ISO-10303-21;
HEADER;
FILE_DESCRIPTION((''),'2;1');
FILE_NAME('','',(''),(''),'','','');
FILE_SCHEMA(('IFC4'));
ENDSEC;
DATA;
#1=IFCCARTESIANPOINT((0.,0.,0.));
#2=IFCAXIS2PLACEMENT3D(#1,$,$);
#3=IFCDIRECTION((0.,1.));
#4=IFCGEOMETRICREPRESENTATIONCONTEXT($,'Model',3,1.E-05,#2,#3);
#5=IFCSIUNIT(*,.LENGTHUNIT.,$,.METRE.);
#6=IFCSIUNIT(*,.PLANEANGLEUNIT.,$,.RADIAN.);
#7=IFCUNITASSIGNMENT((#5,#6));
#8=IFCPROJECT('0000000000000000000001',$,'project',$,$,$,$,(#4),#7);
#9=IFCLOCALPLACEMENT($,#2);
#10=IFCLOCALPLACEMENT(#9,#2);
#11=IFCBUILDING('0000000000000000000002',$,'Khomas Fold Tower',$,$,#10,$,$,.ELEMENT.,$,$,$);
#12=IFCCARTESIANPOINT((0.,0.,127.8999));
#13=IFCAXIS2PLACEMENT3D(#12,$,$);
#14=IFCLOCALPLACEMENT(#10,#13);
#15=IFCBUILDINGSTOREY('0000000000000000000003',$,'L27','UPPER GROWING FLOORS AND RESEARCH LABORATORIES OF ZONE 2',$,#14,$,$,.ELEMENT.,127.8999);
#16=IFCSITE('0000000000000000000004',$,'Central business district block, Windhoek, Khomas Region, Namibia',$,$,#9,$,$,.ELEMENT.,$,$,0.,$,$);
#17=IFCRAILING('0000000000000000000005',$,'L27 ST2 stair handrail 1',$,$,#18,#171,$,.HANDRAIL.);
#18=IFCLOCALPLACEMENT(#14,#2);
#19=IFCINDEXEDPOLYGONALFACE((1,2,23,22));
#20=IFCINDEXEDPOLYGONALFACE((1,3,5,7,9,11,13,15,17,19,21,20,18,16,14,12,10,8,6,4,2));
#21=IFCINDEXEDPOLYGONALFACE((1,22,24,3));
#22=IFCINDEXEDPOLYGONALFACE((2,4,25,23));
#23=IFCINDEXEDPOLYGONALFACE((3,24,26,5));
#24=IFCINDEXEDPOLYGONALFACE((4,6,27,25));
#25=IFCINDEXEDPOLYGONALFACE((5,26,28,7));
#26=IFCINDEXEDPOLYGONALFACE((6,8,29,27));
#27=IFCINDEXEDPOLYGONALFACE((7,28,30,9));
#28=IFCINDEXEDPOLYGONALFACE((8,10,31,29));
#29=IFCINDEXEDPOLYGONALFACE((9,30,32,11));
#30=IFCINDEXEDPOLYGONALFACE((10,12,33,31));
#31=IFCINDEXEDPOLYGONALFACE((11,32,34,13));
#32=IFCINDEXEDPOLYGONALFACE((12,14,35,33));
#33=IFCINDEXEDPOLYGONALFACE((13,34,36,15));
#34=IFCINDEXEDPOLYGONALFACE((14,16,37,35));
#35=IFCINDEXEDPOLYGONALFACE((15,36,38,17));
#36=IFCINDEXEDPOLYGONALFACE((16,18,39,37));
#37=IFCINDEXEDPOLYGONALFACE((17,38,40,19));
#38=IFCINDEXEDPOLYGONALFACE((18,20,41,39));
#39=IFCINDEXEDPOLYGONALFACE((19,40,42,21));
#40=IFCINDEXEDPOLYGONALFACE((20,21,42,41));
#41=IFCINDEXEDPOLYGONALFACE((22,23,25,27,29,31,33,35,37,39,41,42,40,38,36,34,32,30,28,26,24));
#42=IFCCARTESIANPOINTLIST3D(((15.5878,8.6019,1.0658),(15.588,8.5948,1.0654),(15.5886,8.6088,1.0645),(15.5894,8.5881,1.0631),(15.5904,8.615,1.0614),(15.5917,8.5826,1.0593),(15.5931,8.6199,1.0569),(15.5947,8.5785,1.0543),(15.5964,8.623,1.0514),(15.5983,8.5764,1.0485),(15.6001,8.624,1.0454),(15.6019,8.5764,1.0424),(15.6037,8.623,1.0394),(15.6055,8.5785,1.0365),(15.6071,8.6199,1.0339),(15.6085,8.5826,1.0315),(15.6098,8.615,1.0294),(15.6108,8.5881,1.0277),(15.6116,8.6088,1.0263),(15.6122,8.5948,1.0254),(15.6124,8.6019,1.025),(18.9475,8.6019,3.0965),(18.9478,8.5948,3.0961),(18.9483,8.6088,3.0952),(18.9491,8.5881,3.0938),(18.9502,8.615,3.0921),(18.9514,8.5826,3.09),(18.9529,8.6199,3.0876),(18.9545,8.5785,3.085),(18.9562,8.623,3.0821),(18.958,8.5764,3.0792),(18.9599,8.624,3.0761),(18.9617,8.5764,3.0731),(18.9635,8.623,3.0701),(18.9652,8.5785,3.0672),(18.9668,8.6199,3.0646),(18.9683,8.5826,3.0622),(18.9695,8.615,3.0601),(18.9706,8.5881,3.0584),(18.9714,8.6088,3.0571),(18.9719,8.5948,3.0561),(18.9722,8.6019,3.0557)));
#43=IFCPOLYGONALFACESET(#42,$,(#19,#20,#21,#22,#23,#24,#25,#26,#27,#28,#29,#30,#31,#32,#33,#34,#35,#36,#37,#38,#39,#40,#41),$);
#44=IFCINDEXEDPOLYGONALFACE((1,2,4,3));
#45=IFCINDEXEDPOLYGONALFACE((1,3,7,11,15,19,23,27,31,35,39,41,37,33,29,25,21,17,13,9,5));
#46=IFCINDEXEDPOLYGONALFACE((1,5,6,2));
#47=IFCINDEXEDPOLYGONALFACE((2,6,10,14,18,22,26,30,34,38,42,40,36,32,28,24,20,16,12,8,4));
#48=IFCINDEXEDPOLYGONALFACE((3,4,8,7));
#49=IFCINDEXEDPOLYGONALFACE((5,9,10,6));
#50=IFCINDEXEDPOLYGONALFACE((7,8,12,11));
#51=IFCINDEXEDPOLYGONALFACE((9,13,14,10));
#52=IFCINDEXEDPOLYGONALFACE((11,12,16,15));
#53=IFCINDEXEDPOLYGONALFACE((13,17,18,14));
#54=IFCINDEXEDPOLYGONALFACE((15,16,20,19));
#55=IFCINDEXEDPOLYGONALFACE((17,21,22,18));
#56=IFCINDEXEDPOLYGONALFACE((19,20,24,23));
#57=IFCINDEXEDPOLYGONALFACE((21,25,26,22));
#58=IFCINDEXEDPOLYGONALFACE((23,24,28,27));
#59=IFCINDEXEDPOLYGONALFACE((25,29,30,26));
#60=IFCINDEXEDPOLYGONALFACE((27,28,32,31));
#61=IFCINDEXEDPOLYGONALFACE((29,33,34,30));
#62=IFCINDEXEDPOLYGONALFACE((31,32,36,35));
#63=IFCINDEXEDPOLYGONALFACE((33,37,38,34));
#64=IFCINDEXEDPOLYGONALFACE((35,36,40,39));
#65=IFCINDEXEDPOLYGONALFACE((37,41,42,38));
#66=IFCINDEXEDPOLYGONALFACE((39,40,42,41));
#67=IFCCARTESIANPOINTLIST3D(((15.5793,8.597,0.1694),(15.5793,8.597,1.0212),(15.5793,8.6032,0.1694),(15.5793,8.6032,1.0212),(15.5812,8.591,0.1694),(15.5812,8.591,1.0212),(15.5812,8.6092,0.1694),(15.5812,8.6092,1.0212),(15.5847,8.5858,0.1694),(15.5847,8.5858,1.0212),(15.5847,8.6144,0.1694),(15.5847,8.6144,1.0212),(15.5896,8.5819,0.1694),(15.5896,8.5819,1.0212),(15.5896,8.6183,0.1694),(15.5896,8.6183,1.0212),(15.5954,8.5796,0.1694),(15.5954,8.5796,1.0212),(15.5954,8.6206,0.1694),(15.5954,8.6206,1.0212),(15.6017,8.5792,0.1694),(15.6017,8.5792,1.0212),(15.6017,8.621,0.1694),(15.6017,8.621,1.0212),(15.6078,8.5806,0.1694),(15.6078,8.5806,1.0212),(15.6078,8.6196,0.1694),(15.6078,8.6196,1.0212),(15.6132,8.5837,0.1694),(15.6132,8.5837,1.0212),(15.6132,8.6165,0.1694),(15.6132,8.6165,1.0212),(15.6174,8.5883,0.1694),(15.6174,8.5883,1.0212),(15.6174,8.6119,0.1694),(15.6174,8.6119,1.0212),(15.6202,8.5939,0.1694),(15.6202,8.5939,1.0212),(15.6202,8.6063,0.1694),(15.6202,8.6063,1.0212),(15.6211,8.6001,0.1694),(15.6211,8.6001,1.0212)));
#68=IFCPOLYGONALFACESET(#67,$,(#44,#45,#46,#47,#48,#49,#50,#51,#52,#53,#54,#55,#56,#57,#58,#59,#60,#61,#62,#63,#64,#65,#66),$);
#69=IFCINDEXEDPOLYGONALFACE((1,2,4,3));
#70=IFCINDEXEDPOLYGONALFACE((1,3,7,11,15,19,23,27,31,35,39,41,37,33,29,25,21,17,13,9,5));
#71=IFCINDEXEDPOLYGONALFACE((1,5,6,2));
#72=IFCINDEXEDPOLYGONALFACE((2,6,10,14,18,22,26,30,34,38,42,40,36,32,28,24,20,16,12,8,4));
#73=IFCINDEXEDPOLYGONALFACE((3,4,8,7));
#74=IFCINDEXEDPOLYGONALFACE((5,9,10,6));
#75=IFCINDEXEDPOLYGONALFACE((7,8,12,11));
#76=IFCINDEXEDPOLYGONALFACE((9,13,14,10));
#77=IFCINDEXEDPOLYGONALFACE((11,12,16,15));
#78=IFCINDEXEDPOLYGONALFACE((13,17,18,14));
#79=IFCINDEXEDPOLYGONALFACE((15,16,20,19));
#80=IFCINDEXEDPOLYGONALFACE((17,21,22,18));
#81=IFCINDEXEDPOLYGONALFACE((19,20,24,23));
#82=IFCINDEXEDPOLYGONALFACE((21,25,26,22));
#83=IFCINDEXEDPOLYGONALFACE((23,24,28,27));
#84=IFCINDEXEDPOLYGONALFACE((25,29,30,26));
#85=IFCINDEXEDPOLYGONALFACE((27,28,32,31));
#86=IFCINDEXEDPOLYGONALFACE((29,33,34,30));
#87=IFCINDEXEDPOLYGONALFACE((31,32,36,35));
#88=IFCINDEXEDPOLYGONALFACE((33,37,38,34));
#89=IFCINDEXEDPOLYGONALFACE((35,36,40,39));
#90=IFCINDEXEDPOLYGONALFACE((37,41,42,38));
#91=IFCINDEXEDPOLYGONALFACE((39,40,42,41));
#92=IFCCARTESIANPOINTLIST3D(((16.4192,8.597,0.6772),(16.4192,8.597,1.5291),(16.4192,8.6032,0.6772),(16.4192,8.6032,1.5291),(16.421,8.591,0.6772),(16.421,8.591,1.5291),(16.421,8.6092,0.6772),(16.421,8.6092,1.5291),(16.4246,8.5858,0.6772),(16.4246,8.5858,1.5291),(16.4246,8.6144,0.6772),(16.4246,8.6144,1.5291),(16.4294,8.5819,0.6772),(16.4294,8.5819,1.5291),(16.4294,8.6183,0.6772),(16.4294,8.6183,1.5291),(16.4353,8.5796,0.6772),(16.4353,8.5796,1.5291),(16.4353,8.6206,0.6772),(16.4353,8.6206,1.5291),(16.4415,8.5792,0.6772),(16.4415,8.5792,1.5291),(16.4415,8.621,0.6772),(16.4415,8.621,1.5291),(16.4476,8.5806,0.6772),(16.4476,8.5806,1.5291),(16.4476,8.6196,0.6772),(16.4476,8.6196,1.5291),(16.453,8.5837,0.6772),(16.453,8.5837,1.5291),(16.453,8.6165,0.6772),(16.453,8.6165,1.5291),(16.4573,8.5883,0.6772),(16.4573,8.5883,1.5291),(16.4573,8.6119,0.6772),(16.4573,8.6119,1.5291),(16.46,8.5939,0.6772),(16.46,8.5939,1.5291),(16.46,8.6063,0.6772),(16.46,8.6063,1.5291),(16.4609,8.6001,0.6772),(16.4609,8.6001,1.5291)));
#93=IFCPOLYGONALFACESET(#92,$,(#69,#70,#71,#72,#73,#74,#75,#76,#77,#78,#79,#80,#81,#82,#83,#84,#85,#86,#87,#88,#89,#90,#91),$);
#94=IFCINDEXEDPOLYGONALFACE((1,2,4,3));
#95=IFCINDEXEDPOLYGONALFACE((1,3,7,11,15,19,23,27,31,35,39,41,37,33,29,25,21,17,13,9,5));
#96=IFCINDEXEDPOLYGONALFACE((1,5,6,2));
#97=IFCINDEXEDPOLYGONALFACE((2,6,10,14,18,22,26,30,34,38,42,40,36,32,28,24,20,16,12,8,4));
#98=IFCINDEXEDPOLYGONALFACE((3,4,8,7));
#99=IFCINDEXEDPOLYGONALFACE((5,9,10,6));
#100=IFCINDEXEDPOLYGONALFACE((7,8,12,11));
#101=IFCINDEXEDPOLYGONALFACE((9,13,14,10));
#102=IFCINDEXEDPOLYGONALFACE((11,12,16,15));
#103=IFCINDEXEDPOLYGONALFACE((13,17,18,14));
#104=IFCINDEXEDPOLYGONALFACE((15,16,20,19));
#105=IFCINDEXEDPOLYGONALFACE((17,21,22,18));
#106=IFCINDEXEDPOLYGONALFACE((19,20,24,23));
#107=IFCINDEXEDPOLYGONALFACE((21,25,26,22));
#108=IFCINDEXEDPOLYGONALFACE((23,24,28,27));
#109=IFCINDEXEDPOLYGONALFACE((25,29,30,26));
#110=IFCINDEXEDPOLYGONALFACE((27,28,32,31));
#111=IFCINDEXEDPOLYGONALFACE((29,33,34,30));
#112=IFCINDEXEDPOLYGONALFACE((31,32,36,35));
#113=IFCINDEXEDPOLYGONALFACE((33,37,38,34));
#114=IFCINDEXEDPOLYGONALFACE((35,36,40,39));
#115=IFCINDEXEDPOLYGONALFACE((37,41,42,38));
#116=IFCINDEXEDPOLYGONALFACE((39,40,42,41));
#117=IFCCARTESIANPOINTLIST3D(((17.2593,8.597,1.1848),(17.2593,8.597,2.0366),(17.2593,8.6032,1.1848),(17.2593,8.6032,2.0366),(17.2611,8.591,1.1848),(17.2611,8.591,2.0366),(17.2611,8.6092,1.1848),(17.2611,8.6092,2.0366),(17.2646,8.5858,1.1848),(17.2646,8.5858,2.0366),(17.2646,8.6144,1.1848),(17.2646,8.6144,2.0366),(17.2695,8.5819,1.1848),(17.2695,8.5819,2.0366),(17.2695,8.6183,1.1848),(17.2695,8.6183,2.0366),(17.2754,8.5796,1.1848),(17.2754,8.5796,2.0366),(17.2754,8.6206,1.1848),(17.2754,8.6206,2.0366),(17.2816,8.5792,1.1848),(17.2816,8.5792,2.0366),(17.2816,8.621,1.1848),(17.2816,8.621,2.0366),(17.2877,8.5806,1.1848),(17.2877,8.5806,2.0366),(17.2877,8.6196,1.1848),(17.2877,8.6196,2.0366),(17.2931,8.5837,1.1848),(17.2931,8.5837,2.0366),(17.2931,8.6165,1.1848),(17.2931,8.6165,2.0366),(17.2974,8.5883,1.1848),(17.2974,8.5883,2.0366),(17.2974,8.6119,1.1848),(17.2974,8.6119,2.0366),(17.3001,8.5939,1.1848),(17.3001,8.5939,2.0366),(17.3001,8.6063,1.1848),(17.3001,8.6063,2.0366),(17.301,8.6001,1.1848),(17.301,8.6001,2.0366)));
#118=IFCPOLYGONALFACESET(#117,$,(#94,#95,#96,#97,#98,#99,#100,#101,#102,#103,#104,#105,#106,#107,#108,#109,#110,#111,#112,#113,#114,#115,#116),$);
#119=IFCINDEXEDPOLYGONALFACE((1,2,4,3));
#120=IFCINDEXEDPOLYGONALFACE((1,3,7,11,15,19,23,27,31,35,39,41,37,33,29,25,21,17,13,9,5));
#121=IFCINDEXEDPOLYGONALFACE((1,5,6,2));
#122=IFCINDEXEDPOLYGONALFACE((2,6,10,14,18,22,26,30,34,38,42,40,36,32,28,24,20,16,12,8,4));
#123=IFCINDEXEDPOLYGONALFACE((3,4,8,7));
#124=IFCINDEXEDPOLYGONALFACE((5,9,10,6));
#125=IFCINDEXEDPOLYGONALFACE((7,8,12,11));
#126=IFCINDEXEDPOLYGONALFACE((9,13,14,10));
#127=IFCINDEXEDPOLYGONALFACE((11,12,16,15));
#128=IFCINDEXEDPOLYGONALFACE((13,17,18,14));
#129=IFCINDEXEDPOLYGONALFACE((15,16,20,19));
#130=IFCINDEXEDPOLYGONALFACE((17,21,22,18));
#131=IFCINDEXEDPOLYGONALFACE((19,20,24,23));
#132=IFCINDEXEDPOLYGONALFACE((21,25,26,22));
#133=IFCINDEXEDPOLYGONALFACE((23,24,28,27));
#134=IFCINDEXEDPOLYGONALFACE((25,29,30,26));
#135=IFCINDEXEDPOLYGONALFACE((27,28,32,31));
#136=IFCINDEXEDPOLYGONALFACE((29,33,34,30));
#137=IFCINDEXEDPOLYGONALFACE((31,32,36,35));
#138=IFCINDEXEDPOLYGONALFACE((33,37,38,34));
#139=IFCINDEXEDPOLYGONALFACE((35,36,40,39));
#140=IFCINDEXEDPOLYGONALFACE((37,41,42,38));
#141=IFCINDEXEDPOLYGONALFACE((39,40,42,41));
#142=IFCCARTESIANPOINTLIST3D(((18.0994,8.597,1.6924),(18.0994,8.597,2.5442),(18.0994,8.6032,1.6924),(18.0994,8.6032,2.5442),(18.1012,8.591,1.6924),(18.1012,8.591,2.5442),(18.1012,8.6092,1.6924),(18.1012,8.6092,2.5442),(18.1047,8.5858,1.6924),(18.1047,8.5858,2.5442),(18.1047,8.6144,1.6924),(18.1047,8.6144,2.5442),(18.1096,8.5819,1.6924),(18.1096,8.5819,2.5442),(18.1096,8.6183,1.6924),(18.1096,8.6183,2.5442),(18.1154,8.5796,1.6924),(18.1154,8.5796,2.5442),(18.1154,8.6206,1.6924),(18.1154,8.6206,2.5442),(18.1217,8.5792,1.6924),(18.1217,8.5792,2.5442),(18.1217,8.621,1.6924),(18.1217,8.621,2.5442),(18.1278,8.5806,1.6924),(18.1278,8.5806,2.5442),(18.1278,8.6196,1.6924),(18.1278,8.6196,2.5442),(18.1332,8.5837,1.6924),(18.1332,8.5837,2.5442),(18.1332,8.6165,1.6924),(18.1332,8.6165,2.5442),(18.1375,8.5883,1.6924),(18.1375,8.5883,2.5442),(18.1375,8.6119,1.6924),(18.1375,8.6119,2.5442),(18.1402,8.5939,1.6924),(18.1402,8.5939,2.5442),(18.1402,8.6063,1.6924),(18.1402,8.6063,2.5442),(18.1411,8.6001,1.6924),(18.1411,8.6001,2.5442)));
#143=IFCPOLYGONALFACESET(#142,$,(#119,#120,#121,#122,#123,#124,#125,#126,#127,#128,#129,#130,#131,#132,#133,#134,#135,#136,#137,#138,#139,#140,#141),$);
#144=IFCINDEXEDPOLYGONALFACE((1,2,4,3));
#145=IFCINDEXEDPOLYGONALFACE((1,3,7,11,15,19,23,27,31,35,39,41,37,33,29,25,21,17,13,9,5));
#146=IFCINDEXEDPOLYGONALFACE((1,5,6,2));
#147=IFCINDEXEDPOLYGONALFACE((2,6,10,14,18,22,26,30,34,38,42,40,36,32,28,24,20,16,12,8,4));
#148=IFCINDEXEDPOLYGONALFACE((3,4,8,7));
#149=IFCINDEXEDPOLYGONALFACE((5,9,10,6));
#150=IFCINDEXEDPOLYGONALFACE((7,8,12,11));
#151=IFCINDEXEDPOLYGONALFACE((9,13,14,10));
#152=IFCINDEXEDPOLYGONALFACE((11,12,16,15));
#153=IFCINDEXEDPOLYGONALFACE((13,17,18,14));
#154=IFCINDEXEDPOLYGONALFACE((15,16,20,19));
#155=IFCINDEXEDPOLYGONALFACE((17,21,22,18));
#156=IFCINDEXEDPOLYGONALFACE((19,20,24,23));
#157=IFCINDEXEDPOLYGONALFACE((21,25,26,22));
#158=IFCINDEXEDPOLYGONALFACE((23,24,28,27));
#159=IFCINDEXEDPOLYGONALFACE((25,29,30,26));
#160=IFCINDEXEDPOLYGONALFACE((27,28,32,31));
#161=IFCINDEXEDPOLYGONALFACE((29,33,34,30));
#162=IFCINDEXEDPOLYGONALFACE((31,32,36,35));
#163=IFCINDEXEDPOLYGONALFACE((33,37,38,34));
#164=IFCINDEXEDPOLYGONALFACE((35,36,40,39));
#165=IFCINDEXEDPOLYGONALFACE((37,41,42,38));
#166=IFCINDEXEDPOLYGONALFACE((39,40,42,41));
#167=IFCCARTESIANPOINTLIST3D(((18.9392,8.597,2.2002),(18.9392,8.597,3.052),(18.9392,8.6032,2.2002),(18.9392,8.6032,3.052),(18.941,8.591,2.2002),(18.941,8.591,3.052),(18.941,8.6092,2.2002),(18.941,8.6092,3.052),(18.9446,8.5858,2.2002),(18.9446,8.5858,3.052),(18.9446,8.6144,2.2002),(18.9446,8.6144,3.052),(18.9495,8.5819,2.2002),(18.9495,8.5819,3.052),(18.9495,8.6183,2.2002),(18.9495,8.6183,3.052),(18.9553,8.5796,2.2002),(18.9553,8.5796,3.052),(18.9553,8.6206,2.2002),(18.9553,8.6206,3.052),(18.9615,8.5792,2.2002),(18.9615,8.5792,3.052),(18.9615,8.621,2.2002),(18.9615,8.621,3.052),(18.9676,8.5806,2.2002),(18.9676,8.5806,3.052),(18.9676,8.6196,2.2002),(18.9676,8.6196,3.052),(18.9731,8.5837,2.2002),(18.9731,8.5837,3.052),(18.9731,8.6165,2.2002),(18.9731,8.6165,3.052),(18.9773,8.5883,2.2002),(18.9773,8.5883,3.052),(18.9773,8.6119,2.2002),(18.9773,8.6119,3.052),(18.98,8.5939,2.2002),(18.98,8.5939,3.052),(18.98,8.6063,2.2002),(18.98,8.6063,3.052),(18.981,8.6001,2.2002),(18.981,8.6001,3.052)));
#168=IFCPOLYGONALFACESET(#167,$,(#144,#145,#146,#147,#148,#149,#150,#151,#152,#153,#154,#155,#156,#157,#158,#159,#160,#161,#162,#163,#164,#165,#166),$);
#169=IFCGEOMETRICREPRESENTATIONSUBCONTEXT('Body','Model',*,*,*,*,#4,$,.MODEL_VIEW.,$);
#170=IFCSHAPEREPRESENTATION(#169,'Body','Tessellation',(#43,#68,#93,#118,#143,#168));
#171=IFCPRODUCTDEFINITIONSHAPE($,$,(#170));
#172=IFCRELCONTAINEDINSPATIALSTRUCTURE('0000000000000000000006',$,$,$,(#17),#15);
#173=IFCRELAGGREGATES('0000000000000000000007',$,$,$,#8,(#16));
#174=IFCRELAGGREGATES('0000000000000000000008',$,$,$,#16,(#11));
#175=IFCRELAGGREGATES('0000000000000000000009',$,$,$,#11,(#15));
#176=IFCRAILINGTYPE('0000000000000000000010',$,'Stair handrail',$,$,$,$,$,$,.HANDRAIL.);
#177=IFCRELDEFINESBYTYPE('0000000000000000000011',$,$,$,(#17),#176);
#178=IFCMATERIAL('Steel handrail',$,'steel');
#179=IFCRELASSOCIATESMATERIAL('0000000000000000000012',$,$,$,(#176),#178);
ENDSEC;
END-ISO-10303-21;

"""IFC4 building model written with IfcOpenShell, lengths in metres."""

from ifc_helpers import new_model, si_unit, direction, frame, origin, origin_2d, place, context, subcontext, project, spatial, circle, extrude, source, transform, mapped, material, type_object, element, save


model = new_model("IFC4")

# Units and contexts
model_context = context("Model", 3, precision=1e-05, world=origin(), true_north=direction((0.0, 1.0)))
body_context = subcontext(model_context, "Body", "Model", "MODEL_VIEW")
ifc_project = project(units=[si_unit("LENGTHUNIT", "METRE"), si_unit("PLANEANGLEUNIT", "RADIAN")], contexts=[model_context])

# Site, building, storey
site_placement = place(None, origin())
site = spatial("IfcSite", under=ifc_project, at=site_placement, Name="Central business district block, Windhoek, Khomas Region, Namibia", CompositionType="ELEMENT", RefElevation=0.0)
building_placement = place(site_placement, origin())
building = spatial("IfcBuilding", under=site, at=building_placement, Name="Khomas Fold Tower", CompositionType="ELEMENT")
storey_placement = place(building_placement, frame((0.0, 0.0, 127.8999)))
storey = spatial("IfcBuildingStorey", under=building, at=storey_placement, Name="L27", Description="UPPER GROWING FLOORS AND RESEARCH LABORATORIES OF ZONE 2", CompositionType="ELEMENT", Elevation=127.8999)

# Railing
ifc_material_1 = material(Name="Steel handrail", Category="steel")
railing_type_1 = type_object("IfcRailingType", Name="Stair handrail", PredefinedType="HANDRAIL", material=ifc_material_1)
shared_shape_1 = source(origin(), body_context, "Body", "SweptSolid", [
    extrude(circle(Radius=0.0239, at=origin_2d()), frame((0.0, 0.0, 0.876), z_axis=(0.85582, 0.0, 0.517273), x_axis=(0.0, 1.0, 0.0)), (0.0, 0.0, 1.0), 3.9258),
    extrude(circle(Radius=0.021, at=origin_2d()), origin(), (0.0, 0.0, 1.0), 0.8518),
    extrude(circle(Radius=0.021, at=origin_2d()), frame((0.8398, 0.0, 0.5078)), (0.0, 0.0, 1.0), 0.8518),
    extrude(circle(Radius=0.021, at=origin_2d()), frame((1.6799, 0.0, 1.0154)), (0.0, 0.0, 1.0), 0.8518),
    extrude(circle(Radius=0.021, at=origin_2d()), frame((2.52, 0.0, 1.5229)), (0.0, 0.0, 1.0), 0.8518),
    extrude(circle(Radius=0.021, at=origin_2d()), frame((3.3599, 0.0, 2.0308)), (0.0, 0.0, 1.0), 0.8518),
])
railing_1_placement = place(storey_placement, frame((15.6001, 8.6001, 0.1694)))
element("IfcRailing", 1, at=railing_1_placement, inside=storey, type_object=railing_type_1, Name="L27 ST2 stair handrail 1", PredefinedType="HANDRAIL", context=body_context, shape_type="MappedRepresentation", body=[
    mapped(shared_shape_1, transform((0.0, 0.0, 0.0))),
])

save(model, "model.ifc")
